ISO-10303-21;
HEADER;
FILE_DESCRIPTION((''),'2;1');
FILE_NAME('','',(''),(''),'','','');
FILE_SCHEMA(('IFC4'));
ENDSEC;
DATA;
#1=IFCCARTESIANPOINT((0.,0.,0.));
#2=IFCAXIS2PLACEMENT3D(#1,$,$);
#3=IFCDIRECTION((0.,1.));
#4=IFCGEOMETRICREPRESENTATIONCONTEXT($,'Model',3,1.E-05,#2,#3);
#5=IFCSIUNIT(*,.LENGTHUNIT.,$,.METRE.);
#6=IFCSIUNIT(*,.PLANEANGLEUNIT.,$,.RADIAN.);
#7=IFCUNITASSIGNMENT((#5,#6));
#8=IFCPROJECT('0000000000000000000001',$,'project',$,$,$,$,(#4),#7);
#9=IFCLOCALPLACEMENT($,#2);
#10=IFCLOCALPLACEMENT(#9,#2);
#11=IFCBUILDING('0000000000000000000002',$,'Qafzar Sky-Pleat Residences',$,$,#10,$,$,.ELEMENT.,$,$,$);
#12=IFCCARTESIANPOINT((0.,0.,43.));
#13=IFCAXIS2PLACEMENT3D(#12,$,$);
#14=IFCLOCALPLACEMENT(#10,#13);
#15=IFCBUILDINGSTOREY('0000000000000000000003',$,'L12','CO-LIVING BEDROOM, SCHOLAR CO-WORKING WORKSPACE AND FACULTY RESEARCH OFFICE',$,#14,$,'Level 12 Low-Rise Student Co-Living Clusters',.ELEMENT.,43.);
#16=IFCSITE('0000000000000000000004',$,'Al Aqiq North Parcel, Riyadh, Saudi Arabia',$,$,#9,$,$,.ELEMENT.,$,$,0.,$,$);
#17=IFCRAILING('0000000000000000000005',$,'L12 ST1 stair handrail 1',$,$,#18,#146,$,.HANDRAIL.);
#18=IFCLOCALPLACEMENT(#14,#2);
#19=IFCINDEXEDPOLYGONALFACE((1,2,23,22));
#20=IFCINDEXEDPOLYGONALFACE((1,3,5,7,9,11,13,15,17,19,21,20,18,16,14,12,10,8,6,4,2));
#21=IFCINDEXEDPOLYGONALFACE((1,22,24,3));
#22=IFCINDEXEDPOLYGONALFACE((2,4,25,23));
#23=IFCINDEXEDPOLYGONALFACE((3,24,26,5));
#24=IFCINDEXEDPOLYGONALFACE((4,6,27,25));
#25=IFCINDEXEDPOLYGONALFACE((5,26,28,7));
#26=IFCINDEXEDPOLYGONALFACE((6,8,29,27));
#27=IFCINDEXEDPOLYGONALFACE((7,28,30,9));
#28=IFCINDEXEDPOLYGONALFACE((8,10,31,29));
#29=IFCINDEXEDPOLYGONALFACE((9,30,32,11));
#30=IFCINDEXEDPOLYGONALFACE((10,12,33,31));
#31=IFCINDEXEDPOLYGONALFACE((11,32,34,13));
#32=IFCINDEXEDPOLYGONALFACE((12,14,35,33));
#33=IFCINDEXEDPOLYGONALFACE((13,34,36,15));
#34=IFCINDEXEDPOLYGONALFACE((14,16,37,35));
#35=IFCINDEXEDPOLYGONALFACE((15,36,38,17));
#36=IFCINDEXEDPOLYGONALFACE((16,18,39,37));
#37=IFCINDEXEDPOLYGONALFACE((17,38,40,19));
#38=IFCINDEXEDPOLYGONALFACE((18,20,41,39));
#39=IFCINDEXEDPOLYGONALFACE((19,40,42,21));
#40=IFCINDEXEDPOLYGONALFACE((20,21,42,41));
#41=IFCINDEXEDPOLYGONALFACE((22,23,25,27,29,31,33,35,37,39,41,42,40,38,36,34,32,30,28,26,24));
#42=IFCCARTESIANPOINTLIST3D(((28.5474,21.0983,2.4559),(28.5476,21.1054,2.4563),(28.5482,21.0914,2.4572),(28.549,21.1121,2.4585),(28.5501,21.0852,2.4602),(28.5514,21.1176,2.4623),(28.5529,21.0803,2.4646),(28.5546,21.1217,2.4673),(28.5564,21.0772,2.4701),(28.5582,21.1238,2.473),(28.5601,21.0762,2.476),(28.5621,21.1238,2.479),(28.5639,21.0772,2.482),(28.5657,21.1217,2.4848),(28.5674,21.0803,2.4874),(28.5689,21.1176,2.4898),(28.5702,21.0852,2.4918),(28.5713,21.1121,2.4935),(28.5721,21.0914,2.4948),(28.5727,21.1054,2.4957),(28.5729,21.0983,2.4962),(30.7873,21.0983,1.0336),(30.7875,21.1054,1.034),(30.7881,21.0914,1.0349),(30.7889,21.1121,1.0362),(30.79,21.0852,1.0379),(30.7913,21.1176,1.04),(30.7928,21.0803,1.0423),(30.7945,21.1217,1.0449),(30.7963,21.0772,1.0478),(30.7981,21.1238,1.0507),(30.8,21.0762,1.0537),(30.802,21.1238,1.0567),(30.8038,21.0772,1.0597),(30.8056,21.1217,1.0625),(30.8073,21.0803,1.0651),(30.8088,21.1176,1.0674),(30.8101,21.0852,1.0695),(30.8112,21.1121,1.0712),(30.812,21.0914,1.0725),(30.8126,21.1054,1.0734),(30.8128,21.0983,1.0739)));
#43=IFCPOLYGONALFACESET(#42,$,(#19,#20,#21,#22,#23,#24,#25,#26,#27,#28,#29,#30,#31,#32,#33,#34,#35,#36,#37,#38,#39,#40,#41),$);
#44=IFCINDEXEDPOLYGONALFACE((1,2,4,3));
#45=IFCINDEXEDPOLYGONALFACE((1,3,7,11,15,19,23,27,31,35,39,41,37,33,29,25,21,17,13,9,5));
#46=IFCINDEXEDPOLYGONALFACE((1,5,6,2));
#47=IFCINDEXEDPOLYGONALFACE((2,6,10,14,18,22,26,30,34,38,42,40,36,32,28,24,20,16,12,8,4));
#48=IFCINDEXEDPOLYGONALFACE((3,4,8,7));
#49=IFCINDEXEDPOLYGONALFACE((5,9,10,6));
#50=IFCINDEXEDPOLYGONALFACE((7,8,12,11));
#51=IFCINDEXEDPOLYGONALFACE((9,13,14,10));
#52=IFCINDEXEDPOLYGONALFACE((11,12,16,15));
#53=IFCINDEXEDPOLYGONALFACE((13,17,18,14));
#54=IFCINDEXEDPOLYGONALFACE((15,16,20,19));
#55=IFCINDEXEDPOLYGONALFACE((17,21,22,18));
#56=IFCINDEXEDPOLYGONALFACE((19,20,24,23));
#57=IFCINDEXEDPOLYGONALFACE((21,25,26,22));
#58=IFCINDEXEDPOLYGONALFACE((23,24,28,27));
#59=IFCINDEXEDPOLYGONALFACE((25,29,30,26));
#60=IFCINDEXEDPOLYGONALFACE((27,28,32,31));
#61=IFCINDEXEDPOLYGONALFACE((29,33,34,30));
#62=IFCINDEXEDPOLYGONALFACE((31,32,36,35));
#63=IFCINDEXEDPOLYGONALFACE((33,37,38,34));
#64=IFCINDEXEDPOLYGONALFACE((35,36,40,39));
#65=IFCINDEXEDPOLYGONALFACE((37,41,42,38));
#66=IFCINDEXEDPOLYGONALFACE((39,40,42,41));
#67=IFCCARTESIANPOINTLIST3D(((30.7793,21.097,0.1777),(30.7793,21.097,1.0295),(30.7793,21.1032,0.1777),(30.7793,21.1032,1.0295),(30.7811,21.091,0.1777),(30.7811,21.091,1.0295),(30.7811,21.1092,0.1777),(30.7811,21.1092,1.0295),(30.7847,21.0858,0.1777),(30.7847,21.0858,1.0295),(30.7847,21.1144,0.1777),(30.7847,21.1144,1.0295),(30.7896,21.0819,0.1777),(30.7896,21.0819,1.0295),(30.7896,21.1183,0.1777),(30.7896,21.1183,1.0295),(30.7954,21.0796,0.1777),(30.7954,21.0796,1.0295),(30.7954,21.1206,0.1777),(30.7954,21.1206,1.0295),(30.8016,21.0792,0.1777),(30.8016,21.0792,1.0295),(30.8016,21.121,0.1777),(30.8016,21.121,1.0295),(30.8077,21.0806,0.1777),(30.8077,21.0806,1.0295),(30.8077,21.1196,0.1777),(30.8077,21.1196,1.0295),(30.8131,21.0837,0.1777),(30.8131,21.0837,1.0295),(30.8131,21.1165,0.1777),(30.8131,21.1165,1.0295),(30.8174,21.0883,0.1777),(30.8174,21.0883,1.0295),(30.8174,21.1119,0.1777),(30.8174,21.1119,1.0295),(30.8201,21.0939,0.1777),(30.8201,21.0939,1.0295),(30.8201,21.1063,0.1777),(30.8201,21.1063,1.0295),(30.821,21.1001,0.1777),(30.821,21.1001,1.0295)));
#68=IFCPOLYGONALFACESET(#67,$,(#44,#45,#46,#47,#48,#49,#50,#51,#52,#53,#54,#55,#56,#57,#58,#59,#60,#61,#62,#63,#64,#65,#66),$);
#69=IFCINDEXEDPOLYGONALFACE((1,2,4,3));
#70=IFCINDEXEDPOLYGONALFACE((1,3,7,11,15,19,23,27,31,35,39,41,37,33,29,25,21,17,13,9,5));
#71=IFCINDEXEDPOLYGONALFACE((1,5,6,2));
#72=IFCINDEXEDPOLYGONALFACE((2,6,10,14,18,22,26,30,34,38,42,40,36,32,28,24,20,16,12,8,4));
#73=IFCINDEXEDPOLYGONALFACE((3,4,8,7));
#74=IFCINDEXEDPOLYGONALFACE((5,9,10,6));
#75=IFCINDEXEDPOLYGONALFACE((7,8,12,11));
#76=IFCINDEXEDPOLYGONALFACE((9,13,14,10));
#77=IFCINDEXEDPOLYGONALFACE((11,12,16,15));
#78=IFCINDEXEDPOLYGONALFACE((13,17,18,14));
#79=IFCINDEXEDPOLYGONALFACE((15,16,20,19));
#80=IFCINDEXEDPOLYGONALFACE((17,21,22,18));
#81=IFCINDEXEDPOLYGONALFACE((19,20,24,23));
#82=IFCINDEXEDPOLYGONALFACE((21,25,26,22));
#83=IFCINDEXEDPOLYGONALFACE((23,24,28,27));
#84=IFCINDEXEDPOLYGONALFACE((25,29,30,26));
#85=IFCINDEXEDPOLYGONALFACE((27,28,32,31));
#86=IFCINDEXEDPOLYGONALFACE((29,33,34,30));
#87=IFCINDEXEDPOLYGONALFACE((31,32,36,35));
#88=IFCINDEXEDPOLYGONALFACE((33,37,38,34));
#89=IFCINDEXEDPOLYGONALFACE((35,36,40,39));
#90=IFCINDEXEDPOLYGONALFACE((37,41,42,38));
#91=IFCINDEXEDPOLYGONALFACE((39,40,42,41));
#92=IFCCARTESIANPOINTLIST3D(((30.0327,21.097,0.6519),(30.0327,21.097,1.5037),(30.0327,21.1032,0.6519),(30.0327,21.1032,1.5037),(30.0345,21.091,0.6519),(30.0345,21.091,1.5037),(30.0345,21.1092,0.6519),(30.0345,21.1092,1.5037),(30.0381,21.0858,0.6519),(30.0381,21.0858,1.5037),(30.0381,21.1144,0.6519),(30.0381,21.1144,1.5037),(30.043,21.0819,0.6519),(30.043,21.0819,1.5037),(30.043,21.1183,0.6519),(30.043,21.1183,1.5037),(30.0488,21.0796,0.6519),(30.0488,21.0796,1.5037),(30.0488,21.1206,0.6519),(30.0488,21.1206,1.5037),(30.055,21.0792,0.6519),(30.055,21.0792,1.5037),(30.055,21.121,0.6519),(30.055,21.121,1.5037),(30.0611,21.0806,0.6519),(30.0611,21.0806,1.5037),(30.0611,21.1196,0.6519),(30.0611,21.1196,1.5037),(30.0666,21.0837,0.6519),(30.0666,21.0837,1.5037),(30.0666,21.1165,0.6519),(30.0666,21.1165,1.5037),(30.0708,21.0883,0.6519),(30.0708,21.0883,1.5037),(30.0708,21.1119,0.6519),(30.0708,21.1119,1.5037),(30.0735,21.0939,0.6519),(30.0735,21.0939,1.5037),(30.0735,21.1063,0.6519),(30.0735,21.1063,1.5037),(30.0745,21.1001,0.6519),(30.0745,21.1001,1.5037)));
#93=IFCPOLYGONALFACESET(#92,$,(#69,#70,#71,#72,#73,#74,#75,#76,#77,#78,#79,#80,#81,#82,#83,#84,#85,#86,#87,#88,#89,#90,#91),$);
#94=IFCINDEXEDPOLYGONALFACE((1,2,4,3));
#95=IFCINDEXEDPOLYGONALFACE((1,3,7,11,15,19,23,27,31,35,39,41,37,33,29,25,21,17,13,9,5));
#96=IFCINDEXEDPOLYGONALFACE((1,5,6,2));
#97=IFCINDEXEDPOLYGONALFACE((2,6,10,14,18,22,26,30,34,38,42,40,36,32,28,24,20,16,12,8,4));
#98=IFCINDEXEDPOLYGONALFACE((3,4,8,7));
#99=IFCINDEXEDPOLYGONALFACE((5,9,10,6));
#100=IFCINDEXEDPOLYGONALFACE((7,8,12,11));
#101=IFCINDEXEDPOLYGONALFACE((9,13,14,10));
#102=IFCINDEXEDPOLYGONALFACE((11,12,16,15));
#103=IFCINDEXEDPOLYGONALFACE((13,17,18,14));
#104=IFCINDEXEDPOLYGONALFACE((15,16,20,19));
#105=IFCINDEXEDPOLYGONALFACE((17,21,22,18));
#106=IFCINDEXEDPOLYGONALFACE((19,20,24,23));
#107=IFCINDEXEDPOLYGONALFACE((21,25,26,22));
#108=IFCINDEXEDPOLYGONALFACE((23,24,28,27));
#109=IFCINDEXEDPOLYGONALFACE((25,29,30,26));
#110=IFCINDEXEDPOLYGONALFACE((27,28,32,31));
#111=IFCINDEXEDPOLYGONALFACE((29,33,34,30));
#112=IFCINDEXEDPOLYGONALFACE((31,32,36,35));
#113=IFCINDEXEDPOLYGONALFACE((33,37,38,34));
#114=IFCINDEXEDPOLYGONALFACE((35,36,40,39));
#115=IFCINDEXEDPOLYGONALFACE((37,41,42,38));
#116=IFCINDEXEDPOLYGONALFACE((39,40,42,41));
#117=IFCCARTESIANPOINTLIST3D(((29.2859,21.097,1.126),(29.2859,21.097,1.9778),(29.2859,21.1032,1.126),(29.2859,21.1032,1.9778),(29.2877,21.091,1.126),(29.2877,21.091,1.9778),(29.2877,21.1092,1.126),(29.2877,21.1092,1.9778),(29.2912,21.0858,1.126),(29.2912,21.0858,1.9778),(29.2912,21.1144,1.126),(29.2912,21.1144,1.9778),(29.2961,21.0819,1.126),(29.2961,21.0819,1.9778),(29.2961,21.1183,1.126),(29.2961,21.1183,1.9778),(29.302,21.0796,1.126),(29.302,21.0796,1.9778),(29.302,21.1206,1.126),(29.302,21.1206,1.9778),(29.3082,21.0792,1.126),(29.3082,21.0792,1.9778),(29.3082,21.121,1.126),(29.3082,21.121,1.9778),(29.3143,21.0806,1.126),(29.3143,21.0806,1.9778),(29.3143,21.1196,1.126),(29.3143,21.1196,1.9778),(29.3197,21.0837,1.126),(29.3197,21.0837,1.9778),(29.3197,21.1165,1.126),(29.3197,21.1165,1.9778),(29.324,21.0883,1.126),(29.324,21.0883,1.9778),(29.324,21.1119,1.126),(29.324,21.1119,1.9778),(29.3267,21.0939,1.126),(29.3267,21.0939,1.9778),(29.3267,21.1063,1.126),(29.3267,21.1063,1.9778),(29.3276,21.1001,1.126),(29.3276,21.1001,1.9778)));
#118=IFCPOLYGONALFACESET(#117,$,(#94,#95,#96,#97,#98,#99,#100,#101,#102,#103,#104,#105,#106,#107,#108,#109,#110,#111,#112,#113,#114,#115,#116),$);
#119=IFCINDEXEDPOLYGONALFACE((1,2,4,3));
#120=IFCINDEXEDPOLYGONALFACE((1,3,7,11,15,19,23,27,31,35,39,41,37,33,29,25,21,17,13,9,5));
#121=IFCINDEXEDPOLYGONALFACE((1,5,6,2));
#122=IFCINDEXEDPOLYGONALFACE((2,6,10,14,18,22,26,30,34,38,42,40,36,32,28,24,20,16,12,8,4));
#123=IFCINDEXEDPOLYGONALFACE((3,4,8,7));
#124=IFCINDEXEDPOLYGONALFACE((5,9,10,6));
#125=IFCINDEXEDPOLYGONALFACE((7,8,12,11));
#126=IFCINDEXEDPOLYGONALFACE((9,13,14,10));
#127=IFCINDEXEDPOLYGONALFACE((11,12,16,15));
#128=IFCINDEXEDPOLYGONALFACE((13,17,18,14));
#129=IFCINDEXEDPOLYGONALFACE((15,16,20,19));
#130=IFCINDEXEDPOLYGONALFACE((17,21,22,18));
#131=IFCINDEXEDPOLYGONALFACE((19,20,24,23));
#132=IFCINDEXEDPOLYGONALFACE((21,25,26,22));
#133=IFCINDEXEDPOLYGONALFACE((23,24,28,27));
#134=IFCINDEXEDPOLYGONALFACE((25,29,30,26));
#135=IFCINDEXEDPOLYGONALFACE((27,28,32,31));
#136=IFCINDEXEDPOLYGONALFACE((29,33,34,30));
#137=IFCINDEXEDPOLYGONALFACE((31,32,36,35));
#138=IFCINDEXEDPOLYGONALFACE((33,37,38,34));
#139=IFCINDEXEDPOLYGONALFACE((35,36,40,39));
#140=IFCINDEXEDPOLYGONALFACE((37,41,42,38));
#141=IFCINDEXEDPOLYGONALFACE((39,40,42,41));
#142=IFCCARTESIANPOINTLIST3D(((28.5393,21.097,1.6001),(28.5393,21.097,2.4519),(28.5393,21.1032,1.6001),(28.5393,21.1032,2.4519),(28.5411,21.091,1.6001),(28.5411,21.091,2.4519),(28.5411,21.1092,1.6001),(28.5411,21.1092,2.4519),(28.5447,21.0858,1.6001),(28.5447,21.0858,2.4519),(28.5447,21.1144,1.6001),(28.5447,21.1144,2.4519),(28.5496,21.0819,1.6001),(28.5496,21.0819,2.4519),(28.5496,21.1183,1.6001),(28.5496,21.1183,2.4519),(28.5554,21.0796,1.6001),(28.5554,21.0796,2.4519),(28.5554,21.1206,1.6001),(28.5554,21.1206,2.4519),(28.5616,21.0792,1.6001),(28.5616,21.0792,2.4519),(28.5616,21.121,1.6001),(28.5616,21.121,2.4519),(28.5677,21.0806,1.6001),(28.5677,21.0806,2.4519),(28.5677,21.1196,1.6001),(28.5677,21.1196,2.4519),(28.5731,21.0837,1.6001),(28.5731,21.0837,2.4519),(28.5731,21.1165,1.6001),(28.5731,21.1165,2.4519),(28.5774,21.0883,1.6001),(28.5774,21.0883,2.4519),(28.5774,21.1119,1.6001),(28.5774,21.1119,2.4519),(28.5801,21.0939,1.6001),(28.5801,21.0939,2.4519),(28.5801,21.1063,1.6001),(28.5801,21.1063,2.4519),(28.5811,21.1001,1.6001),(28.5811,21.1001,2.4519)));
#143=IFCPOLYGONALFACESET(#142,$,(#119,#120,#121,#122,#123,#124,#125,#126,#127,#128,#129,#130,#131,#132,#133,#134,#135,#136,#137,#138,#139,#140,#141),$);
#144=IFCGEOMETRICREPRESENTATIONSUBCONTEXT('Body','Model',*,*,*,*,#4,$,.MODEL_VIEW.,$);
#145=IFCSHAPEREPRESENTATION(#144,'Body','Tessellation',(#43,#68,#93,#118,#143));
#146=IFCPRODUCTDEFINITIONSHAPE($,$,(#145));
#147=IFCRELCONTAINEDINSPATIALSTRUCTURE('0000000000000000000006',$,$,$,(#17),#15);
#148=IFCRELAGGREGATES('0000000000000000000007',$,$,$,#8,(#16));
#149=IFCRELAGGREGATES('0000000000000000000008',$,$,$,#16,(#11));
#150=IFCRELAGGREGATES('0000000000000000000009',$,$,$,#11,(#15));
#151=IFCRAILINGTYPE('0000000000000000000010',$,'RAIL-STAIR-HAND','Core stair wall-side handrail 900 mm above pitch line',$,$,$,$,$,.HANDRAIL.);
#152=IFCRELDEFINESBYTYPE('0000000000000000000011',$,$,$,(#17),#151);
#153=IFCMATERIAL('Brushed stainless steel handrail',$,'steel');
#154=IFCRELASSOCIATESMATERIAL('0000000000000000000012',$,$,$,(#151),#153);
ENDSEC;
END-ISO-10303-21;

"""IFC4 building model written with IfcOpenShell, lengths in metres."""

from ifc_helpers import new_model, si_unit, direction, frame, origin, origin_2d, place, context, subcontext, project, spatial, circle, extrude, source, transform, mapped, material, type_object, element, save


model = new_model("IFC4")

# Units and contexts
model_context = context("Model", 3, precision=1e-05, world=origin(), true_north=direction((0.0, 1.0)))
body_context = subcontext(model_context, "Body", "Model", "MODEL_VIEW")
ifc_project = project(units=[si_unit("LENGTHUNIT", "METRE"), si_unit("PLANEANGLEUNIT", "RADIAN")], contexts=[model_context])

# Site, building, storey
site_placement = place(None, origin())
site = spatial("IfcSite", under=ifc_project, at=site_placement, Name="Al Aqiq North Parcel, Riyadh, Saudi Arabia", CompositionType="ELEMENT", RefElevation=0.0)
building_placement = place(site_placement, origin())
building = spatial("IfcBuilding", under=site, at=building_placement, Name="Qafzar Sky-Pleat Residences", CompositionType="ELEMENT")
storey_placement = place(building_placement, frame((0.0, 0.0, 43.0)))
storey = spatial("IfcBuildingStorey", under=building, at=storey_placement, Name="L12", Description="CO-LIVING BEDROOM, SCHOLAR CO-WORKING WORKSPACE AND FACULTY RESEARCH OFFICE", LongName="Level 12 Low-Rise Student Co-Living Clusters", CompositionType="ELEMENT", Elevation=43.0)

# Railing
ifc_material_1 = material(Name="Brushed stainless steel handrail", Category="steel")
railing_type_1 = type_object("IfcRailingType", Name="RAIL-STAIR-HAND", Description="Core stair wall-side handrail 900 mm above pitch line", PredefinedType="HANDRAIL", material=ifc_material_1)
shared_shape_1 = source(origin(), body_context, "Body", "SweptSolid", [
    extrude(circle(Radius=0.0239, at=origin_2d()), frame((0.0, 0.0, 0.876), z_axis=(-0.844188, 0.0, 0.536048), x_axis=(0.0, -1.0, 0.0)), (0.0, 0.0, 1.0), 2.6533),
    extrude(circle(Radius=0.021, at=origin_2d()), origin(), (0.0, 0.0, 1.0), 0.8518),
    extrude(circle(Radius=0.021, at=origin_2d()), frame((-0.7466, 0.0, 0.4741)), (0.0, 0.0, 1.0), 0.8518),
    extrude(circle(Radius=0.021, at=origin_2d()), frame((-1.4934, 0.0, 0.9482)), (0.0, 0.0, 1.0), 0.8518),
    extrude(circle(Radius=0.021, at=origin_2d()), frame((-2.24, 0.0, 1.4224)), (0.0, 0.0, 1.0), 0.8518),
])
railing_1_placement = place(storey_placement, frame((30.8, 21.1001, 0.1777)))
element("IfcRailing", 1, at=railing_1_placement, inside=storey, type_object=railing_type_1, Name="L12 ST1 stair handrail 1", PredefinedType="HANDRAIL", context=body_context, shape_type="MappedRepresentation", body=[
    mapped(shared_shape_1, transform((0.0, 0.0, 0.0), x_axis=(1.0, 0.0, 0.0), y_axis=(0.0, 1.0, 0.0), z_axis=(0.0, 0.0, 1.0), scale=1.0)),
])

save(model, "model.ifc")
